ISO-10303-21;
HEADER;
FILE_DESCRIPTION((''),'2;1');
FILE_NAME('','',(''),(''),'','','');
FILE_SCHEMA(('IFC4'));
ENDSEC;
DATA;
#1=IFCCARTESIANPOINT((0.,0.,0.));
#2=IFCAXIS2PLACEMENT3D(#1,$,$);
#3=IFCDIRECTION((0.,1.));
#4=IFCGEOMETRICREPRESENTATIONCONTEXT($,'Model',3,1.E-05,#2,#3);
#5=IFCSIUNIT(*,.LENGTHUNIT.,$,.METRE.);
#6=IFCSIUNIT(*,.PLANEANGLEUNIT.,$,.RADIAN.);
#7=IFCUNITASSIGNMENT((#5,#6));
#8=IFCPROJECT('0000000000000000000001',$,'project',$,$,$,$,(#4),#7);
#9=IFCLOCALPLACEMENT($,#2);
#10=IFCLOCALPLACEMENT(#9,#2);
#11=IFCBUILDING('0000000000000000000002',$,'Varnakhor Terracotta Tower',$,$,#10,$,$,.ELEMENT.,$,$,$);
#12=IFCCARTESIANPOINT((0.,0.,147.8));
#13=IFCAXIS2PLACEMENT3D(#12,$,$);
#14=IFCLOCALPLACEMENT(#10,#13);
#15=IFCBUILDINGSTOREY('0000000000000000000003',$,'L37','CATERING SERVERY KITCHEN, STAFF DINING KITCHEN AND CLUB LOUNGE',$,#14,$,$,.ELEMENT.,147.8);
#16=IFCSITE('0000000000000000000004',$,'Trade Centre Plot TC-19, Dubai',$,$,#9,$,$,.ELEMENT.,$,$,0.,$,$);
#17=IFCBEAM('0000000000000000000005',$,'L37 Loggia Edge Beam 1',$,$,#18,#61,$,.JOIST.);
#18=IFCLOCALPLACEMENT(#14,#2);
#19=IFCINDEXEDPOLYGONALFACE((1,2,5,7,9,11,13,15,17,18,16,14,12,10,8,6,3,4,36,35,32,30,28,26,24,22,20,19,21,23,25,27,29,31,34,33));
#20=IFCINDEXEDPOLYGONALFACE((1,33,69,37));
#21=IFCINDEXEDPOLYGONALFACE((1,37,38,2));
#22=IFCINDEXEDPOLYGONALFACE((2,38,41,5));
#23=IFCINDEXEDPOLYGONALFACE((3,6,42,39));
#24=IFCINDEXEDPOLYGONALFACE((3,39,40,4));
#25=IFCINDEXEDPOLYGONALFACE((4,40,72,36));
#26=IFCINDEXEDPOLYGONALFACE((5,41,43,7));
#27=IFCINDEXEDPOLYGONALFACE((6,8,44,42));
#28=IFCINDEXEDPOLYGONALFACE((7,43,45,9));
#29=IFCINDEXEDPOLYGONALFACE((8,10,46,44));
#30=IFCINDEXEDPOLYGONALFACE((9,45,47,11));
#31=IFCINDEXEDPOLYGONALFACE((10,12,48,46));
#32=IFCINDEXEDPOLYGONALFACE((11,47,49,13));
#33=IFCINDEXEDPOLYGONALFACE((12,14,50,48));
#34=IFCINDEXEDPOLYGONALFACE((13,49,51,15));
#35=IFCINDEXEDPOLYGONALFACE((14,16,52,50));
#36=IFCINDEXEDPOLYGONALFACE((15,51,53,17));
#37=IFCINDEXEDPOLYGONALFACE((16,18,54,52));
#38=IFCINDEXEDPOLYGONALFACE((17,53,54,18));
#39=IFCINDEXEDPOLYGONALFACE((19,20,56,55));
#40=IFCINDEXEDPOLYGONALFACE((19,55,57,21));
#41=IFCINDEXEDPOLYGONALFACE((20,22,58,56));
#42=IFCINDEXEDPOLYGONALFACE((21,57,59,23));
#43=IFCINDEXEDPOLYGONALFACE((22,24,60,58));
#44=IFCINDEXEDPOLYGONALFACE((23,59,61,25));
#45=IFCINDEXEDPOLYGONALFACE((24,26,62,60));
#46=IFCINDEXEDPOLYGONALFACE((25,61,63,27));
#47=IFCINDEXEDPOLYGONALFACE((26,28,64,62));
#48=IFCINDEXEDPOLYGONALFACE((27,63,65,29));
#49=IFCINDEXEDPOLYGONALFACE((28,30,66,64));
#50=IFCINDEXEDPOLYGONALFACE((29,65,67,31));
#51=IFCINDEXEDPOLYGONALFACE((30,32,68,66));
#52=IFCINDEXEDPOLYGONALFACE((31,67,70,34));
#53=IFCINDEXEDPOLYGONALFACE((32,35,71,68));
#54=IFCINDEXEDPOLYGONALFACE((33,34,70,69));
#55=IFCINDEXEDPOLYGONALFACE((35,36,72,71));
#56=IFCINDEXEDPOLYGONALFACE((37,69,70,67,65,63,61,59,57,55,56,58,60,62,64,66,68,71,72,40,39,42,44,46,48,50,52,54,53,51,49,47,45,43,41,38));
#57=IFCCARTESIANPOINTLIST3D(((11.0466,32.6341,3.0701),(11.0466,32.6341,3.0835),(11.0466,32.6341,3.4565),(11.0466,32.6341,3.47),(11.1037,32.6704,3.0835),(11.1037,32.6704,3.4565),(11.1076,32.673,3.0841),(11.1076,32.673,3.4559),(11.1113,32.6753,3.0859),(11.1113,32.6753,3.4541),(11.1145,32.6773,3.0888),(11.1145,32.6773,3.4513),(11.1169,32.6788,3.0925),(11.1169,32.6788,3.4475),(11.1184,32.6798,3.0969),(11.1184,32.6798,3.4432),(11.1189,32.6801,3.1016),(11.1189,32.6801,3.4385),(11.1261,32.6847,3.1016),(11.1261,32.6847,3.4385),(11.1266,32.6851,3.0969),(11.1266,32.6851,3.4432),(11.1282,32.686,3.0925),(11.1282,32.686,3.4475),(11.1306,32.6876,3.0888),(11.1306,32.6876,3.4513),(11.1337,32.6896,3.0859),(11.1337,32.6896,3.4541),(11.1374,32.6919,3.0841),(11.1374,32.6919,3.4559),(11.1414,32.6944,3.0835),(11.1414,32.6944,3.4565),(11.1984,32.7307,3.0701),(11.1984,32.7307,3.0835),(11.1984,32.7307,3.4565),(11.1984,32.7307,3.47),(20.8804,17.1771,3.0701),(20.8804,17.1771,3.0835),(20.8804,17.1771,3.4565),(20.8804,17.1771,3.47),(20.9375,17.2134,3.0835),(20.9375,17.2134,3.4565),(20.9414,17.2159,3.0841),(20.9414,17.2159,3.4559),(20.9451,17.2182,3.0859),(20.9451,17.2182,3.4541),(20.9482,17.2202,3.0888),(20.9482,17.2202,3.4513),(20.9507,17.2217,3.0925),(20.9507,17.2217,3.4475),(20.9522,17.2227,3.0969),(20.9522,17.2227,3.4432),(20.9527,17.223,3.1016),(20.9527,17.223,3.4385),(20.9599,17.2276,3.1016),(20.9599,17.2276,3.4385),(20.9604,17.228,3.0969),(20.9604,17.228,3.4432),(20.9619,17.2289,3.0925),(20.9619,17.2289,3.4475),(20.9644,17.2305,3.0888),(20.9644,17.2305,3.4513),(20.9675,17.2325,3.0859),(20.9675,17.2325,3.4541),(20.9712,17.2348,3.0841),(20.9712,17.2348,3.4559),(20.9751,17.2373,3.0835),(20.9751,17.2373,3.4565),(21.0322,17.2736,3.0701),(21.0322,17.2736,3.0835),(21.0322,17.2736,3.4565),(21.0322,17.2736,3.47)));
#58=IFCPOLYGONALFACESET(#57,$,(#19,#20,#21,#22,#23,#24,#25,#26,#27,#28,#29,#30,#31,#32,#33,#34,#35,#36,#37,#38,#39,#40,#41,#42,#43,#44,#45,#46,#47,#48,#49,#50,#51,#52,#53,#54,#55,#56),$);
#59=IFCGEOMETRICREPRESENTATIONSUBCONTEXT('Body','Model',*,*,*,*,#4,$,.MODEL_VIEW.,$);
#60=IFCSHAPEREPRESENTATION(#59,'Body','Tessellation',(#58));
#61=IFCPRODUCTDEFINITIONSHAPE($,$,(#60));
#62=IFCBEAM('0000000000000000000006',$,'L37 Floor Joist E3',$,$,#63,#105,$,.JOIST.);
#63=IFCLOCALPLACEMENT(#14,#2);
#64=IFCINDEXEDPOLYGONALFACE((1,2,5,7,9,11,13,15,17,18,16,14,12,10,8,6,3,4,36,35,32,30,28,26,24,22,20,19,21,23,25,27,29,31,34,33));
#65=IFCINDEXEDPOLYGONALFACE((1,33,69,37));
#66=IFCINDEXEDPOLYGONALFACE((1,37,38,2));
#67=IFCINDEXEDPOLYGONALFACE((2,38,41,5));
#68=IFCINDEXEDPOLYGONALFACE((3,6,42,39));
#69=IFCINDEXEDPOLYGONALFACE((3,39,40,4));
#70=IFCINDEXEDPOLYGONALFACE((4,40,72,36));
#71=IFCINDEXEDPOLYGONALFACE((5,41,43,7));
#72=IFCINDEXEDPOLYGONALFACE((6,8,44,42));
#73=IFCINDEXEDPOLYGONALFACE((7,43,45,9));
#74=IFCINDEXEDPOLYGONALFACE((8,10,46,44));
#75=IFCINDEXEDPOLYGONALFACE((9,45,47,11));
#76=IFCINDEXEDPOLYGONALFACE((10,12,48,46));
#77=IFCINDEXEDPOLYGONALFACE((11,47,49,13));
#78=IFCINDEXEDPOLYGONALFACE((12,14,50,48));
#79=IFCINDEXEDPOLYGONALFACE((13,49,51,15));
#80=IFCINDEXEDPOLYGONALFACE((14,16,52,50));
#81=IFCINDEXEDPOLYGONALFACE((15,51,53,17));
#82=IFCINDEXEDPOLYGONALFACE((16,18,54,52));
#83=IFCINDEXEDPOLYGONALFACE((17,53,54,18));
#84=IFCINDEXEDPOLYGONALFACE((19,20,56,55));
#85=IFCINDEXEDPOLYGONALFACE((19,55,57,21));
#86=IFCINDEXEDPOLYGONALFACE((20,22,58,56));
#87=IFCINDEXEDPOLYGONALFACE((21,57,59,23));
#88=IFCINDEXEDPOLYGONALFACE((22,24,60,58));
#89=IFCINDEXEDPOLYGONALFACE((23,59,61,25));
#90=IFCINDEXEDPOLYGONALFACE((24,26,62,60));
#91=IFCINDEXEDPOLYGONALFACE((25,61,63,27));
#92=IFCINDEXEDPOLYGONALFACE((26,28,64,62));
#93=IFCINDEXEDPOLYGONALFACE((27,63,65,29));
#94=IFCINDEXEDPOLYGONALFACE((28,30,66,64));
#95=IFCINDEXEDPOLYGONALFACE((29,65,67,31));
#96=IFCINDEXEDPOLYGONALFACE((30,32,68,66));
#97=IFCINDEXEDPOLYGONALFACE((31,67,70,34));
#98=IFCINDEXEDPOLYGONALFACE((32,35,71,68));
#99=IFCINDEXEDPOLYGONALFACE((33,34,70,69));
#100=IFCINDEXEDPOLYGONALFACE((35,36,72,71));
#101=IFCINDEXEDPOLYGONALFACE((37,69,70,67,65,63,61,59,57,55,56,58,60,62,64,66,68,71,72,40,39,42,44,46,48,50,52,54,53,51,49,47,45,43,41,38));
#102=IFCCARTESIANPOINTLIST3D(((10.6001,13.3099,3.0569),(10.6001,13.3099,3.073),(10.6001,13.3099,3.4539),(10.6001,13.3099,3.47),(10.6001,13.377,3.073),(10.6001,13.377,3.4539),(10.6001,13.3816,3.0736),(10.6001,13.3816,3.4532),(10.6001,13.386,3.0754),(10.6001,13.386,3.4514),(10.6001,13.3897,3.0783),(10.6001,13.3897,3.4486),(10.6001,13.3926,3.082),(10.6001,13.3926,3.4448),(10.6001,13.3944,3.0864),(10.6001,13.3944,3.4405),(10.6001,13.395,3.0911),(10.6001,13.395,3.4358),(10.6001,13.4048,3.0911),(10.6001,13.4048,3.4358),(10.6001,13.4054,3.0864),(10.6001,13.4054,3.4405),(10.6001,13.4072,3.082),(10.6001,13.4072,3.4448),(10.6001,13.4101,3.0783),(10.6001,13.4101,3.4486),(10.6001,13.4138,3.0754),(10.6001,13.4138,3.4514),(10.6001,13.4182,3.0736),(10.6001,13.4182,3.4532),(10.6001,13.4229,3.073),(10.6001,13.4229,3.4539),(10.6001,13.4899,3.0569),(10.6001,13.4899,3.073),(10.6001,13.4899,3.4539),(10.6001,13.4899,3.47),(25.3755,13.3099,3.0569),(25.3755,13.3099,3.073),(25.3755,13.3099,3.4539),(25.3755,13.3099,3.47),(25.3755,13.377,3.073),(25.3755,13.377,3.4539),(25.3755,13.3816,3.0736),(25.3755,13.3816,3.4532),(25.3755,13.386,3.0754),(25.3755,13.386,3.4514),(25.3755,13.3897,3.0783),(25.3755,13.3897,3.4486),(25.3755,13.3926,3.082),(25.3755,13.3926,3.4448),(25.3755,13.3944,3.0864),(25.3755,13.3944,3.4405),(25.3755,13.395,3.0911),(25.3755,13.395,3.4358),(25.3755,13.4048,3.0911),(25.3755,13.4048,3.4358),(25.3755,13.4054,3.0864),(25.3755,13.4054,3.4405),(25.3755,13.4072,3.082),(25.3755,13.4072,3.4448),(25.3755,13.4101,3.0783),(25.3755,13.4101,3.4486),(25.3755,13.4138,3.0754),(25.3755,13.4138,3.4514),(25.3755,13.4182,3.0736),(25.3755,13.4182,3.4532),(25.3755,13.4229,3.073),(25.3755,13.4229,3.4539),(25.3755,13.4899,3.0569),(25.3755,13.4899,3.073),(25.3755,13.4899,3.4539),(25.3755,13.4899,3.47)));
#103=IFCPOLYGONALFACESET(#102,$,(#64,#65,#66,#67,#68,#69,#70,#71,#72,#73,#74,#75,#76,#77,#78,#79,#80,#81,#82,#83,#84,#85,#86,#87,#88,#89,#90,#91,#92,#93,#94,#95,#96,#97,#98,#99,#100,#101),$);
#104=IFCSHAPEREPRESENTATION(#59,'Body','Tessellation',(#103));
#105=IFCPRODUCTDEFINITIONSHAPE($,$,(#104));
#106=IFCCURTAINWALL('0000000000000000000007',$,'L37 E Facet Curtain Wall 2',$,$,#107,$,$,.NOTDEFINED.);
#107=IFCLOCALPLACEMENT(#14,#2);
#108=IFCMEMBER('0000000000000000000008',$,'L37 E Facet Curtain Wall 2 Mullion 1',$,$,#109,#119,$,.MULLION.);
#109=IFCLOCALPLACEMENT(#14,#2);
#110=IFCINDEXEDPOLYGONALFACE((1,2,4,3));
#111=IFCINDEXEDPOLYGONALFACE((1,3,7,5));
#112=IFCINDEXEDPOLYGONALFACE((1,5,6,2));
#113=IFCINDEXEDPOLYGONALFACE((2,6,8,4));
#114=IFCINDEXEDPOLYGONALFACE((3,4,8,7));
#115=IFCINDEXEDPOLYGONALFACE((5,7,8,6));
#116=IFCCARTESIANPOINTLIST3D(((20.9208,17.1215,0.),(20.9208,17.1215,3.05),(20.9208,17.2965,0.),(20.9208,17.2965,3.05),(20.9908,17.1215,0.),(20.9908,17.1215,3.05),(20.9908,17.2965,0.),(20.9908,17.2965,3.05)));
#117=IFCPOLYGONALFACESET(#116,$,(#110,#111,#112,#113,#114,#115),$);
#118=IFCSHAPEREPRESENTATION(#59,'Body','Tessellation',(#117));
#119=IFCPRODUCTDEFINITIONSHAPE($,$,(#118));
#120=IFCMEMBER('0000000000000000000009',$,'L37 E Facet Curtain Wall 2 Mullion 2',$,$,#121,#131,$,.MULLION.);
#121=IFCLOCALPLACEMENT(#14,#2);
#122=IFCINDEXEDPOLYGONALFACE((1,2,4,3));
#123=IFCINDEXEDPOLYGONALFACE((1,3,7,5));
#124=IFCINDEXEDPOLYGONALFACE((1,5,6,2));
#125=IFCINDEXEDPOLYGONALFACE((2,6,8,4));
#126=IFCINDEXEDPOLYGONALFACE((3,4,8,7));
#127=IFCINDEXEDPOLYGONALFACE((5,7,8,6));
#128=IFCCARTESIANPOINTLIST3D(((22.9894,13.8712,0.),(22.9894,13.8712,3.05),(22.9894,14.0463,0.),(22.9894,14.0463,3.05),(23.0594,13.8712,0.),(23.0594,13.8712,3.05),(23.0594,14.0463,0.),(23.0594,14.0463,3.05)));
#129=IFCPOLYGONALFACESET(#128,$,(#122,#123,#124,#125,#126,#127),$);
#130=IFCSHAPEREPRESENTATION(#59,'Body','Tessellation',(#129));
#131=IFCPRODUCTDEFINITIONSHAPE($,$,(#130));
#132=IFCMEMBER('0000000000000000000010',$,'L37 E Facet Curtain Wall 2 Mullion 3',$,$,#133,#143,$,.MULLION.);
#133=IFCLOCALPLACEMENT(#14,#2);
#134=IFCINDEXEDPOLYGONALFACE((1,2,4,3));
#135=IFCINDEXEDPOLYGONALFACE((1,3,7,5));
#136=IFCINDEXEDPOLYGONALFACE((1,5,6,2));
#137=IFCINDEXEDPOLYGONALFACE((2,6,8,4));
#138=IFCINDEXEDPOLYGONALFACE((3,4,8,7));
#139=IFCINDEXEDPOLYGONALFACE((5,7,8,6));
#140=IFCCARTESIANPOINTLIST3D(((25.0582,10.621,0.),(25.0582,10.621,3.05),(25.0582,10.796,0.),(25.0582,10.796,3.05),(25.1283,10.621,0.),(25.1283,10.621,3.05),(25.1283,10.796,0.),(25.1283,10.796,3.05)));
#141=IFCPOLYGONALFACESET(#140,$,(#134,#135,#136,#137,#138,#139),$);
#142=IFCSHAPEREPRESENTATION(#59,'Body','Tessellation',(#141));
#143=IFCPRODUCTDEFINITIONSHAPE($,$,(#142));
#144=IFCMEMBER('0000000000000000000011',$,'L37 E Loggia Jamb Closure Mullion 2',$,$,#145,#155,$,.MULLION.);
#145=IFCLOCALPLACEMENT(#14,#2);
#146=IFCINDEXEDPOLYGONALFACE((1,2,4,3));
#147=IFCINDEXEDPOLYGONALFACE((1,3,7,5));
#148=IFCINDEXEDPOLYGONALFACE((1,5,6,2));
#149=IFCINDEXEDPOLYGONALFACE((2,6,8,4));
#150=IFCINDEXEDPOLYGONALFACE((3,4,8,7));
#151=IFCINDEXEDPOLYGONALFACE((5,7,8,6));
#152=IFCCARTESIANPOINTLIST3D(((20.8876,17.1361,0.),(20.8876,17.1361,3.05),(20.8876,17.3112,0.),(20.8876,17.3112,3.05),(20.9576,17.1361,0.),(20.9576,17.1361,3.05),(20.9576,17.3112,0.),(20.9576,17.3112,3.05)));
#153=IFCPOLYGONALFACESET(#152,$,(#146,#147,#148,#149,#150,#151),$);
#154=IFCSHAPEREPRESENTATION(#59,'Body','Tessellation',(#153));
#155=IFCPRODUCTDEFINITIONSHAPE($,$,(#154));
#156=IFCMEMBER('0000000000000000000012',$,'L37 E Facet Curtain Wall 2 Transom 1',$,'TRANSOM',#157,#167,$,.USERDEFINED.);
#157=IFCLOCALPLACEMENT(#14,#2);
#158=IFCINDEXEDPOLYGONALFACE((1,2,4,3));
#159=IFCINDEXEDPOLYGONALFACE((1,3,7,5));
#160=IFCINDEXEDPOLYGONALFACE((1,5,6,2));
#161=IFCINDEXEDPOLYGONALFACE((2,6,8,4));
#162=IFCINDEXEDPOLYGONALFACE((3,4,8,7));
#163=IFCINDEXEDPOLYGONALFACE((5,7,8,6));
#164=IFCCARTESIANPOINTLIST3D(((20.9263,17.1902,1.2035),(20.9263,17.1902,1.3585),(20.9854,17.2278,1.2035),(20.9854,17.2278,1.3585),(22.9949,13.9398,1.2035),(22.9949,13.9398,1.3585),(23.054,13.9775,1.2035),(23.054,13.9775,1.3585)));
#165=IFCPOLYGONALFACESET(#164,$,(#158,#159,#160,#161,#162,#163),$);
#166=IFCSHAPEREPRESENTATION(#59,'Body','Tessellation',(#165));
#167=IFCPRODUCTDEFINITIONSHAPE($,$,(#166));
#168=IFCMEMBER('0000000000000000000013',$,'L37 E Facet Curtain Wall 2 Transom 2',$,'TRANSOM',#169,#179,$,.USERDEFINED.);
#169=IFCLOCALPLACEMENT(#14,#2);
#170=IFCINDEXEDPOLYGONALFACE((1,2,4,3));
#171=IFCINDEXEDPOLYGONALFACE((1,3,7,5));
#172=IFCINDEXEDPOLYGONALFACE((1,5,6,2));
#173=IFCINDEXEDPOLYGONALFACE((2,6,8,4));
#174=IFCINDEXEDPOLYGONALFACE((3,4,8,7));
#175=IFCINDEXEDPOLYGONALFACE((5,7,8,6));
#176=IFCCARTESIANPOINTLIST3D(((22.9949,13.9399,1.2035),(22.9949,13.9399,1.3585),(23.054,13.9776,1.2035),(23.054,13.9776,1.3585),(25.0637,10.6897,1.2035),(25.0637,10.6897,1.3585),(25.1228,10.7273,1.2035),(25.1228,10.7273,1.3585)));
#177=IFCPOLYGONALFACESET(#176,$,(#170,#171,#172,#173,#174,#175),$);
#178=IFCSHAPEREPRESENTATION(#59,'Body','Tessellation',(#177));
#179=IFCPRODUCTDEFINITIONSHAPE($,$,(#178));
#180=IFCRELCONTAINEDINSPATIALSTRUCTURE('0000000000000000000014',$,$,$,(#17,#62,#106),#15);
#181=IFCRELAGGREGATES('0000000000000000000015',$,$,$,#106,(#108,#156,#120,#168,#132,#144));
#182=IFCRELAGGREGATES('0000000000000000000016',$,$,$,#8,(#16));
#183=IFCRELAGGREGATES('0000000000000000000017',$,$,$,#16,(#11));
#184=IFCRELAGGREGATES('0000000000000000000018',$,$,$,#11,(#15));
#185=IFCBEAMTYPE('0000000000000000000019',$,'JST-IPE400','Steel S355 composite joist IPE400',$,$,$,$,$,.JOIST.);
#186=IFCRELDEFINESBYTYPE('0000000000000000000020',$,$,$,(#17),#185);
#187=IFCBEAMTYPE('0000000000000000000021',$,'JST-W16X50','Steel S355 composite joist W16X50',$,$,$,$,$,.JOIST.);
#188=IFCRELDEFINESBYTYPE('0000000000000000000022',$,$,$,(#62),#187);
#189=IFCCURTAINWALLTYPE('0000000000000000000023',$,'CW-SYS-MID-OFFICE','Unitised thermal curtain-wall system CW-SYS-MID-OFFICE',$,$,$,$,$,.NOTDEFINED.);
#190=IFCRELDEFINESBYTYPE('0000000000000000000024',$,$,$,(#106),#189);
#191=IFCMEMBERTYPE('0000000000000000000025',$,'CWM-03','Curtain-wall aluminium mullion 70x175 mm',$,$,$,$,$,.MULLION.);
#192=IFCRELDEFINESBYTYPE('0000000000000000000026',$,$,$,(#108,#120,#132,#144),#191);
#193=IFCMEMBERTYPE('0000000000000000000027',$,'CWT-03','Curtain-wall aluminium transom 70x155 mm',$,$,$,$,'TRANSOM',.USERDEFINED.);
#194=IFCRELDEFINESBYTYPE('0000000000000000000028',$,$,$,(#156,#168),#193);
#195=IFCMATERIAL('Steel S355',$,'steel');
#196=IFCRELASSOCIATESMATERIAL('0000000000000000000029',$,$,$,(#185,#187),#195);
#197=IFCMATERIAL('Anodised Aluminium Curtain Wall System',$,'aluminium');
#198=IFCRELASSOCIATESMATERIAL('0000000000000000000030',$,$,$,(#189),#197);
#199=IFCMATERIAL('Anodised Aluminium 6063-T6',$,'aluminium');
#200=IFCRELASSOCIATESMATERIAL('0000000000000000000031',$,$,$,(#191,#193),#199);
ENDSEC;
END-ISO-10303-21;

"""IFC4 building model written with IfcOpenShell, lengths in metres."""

from ifc_helpers import new_model, si_unit, direction, frame, origin, origin_2d, place, context, subcontext, project, spatial, rectangle, i_section, extrude, source, transform, mapped, material, material_profile, profile_set, type_object, element, aggregate, save


model = new_model("IFC4")

# Units and contexts
model_context = context("Model", 3, precision=1e-05, world=origin(), true_north=direction((0.0, 1.0)))
body_context = subcontext(model_context, "Body", "Model", "MODEL_VIEW")
ifc_project = project(units=[si_unit("LENGTHUNIT", "METRE"), si_unit("PLANEANGLEUNIT", "RADIAN")], contexts=[model_context])

# Site, building, storey
site_placement = place(None, origin())
site = spatial("IfcSite", under=ifc_project, at=site_placement, Name="Trade Centre Plot TC-19, Dubai", CompositionType="ELEMENT", RefElevation=0.0)
building_placement = place(site_placement, origin())
building = spatial("IfcBuilding", under=site, at=building_placement, Name="Varnakhor Terracotta Tower", CompositionType="ELEMENT")
storey_placement = place(building_placement, frame((0.0, 0.0, 147.8)))
storey = spatial("IfcBuildingStorey", under=building, at=storey_placement, Name="L37", Description="CATERING SERVERY KITCHEN, STAFF DINING KITCHEN AND CLUB LOUNGE", CompositionType="ELEMENT", Elevation=147.8)

# Beams
ifc_material_1 = material(Name="Steel S355", Category="steel")
ifc_material_profile_1 = material_profile(ifc_material_1, i_section(OverallWidth=0.1799, OverallDepth=0.3999, WebThickness=0.0085, FlangeThickness=0.0134, FilletRadius=0.0181, at=origin_2d()), Name="IPE400")
ifc_profile_set_1 = profile_set([ifc_material_profile_1], Name="Steel S355")
beam_type_1 = type_object("IfcBeamType", Name="JST-IPE400", Description="Steel S355 composite joist IPE400", PredefinedType="JOIST", material=ifc_profile_set_1)
shared_shape_1 = source(origin(), body_context, "Body", "SweptSolid", [
    extrude(i_section(OverallWidth=0.1799, OverallDepth=0.3999, WebThickness=0.0085, FlangeThickness=0.0134, FilletRadius=0.0181, at=origin_2d()), origin(), (0.0, 0.0, 1.0), 18.3201),
])
beam_1_placement = place(storey_placement, frame((20.9563, 17.2253, 3.27), z_axis=(-0.536776, 0.843725, 0.0), x_axis=(-0.843725, -0.536776, 0.0)))
element("IfcBeam", 1, at=beam_1_placement, inside=storey, type_object=beam_type_1, Name="L37 Loggia Edge Beam 1", PredefinedType="JOIST", context=body_context, shape_type="MappedRepresentation", body=[
    mapped(shared_shape_1, transform((0.0, 0.0, 0.0), scale=1.0)),
])
ifc_material_profile_2 = material_profile(ifc_material_1, i_section(OverallWidth=0.1799, OverallDepth=0.4131, WebThickness=0.0098, FlangeThickness=0.0161, FilletRadius=0.0181, at=origin_2d()), Name="W16X50")
ifc_profile_set_2 = profile_set([ifc_material_profile_2], Name="Steel S355")
beam_type_2 = type_object("IfcBeamType", Name="JST-W16X50", Description="Steel S355 composite joist W16X50", PredefinedType="JOIST", material=ifc_profile_set_2)
shared_shape_2 = source(origin(), body_context, "Body", "SweptSolid", [
    extrude(i_section(OverallWidth=0.1799, OverallDepth=0.4131, WebThickness=0.0098, FlangeThickness=0.0161, FilletRadius=0.0181, at=origin_2d()), origin(), (0.0, 0.0, 1.0), 14.7754),
])
beam_2_placement = place(storey_placement, frame((10.6001, 13.3999, 3.2634), z_axis=(1.0, 0.0, 0.0), x_axis=(0.0, 1.0, 0.0)))
element("IfcBeam", 2, at=beam_2_placement, inside=storey, type_object=beam_type_2, Name="L37 Floor Joist E3", PredefinedType="JOIST", context=body_context, shape_type="MappedRepresentation", body=[
    mapped(shared_shape_2, transform((0.0, 0.0, 0.0), scale=1.0)),
])

# Curtain wall, members
ifc_material_2 = material(Name="Anodised Aluminium Curtain Wall System", Category="aluminium")
curtain_wall_type = type_object("IfcCurtainWallType", Name="CW-SYS-MID-OFFICE", Description="Unitised thermal curtain-wall system CW-SYS-MID-OFFICE", PredefinedType="NOTDEFINED", material=ifc_material_2)
curtain_wall_placement = place(storey_placement, origin())
curtain_wall = element("IfcCurtainWall", 3, at=curtain_wall_placement, inside=storey, type_object=curtain_wall_type, Name="L37 E Facet Curtain Wall 2", PredefinedType="NOTDEFINED")
ifc_material_3 = material(Name="Anodised Aluminium 6063-T6", Category="aluminium")
ifc_material_profile_3 = material_profile(ifc_material_3, rectangle(XDim=0.0701, YDim=0.175, at=origin_2d()), Name="ALU MULLION 70x175")
ifc_profile_set_3 = profile_set([ifc_material_profile_3], Name="Anodised Aluminium 6063-T6")
member_type_1 = type_object("IfcMemberType", Name="CWM-03", Description="Curtain-wall aluminium mullion 70x175 mm", PredefinedType="MULLION", material=ifc_profile_set_3)
shared_shape_3 = source(origin(), body_context, "Body", "SweptSolid", [
    extrude(rectangle(XDim=0.0701, YDim=0.175, at=origin_2d()), origin(), (0.0, 0.0, 1.0), 3.05),
])
member_1_placement = place(storey_placement, frame((20.9558, 17.209, 0.0), z_axis=(0.0, 0.0, 1.0), x_axis=(1.0, 0.0, 0.0)))
member_1 = element("IfcMember", 4, at=member_1_placement, type_object=member_type_1, Name="L37 E Facet Curtain Wall 2 Mullion 1", PredefinedType="MULLION", context=body_context, shape_type="MappedRepresentation", body=[
    mapped(shared_shape_3, transform((0.0, 0.0, 0.0), scale=1.0)),
])
member_2_placement = place(storey_placement, frame((23.0244, 13.9587, 0.0), z_axis=(0.0, 0.0, 1.0), x_axis=(1.0, 0.0, 0.0)))
member_2 = element("IfcMember", 5, at=member_2_placement, type_object=member_type_1, Name="L37 E Facet Curtain Wall 2 Mullion 2", PredefinedType="MULLION", context=body_context, shape_type="MappedRepresentation", body=[
    mapped(shared_shape_3, transform((0.0, 0.0, 0.0), scale=1.0)),
])
member_3_placement = place(storey_placement, frame((25.0933, 10.7085, 0.0), z_axis=(0.0, 0.0, 1.0), x_axis=(1.0, 0.0, 0.0)))
member_3 = element("IfcMember", 6, at=member_3_placement, type_object=member_type_1, Name="L37 E Facet Curtain Wall 2 Mullion 3", PredefinedType="MULLION", context=body_context, shape_type="MappedRepresentation", body=[
    mapped(shared_shape_3, transform((0.0, 0.0, 0.0), scale=1.0)),
])
member_4_placement = place(storey_placement, frame((20.9226, 17.2236, 0.0), z_axis=(0.0, 0.0, 1.0), x_axis=(1.0, 0.0, 0.0)))
member_4 = element("IfcMember", 7, at=member_4_placement, type_object=member_type_1, Name="L37 E Loggia Jamb Closure Mullion 2", PredefinedType="MULLION", context=body_context, shape_type="MappedRepresentation", body=[
    mapped(shared_shape_3, transform((0.0, 0.0, 0.0), scale=1.0)),
])
ifc_material_profile_4 = material_profile(ifc_material_3, rectangle(XDim=0.0701, YDim=0.155, at=origin_2d()), Name="ALU TRANSOM 70x155")
ifc_profile_set_4 = profile_set([ifc_material_profile_4], Name="Anodised Aluminium 6063-T6")
member_type_2 = type_object("IfcMemberType", Name="CWT-03", Description="Curtain-wall aluminium transom 70x155 mm", ElementType="TRANSOM", PredefinedType="USERDEFINED", material=ifc_profile_set_4)
shared_shape_4 = source(origin(), body_context, "Body", "SweptSolid", [
    extrude(rectangle(XDim=0.0701, YDim=0.155, at=origin_2d()), origin(), (0.0, 0.0, 1.0), 3.8528),
])
member_5_placement = place(storey_placement, frame((20.9558, 17.209, 1.281), z_axis=(0.536925, -0.84363, 0.0), x_axis=(0.84363, 0.536925, 0.0)))
member_5 = element("IfcMember", 8, at=member_5_placement, type_object=member_type_2, Name="L37 E Facet Curtain Wall 2 Transom 1", ObjectType="TRANSOM", PredefinedType="USERDEFINED", context=body_context, shape_type="MappedRepresentation", body=[
    mapped(shared_shape_4, transform((0.0, 0.0, 0.0), scale=1.0)),
])
member_6_placement = place(storey_placement, frame((23.0244, 13.9587, 1.281), z_axis=(0.53697, -0.843601, 0.0), x_axis=(0.843601, 0.53697, 0.0)))
member_6 = element("IfcMember", 9, at=member_6_placement, type_object=member_type_2, Name="L37 E Facet Curtain Wall 2 Transom 2", ObjectType="TRANSOM", PredefinedType="USERDEFINED", context=body_context, shape_type="MappedRepresentation", body=[
    mapped(shared_shape_4, transform((0.0, 0.0, 0.0), scale=1.0)),
])

aggregate(curtain_wall, [member_1, member_5, member_2, member_6, member_3, member_4])

save(model, "model.ifc")
